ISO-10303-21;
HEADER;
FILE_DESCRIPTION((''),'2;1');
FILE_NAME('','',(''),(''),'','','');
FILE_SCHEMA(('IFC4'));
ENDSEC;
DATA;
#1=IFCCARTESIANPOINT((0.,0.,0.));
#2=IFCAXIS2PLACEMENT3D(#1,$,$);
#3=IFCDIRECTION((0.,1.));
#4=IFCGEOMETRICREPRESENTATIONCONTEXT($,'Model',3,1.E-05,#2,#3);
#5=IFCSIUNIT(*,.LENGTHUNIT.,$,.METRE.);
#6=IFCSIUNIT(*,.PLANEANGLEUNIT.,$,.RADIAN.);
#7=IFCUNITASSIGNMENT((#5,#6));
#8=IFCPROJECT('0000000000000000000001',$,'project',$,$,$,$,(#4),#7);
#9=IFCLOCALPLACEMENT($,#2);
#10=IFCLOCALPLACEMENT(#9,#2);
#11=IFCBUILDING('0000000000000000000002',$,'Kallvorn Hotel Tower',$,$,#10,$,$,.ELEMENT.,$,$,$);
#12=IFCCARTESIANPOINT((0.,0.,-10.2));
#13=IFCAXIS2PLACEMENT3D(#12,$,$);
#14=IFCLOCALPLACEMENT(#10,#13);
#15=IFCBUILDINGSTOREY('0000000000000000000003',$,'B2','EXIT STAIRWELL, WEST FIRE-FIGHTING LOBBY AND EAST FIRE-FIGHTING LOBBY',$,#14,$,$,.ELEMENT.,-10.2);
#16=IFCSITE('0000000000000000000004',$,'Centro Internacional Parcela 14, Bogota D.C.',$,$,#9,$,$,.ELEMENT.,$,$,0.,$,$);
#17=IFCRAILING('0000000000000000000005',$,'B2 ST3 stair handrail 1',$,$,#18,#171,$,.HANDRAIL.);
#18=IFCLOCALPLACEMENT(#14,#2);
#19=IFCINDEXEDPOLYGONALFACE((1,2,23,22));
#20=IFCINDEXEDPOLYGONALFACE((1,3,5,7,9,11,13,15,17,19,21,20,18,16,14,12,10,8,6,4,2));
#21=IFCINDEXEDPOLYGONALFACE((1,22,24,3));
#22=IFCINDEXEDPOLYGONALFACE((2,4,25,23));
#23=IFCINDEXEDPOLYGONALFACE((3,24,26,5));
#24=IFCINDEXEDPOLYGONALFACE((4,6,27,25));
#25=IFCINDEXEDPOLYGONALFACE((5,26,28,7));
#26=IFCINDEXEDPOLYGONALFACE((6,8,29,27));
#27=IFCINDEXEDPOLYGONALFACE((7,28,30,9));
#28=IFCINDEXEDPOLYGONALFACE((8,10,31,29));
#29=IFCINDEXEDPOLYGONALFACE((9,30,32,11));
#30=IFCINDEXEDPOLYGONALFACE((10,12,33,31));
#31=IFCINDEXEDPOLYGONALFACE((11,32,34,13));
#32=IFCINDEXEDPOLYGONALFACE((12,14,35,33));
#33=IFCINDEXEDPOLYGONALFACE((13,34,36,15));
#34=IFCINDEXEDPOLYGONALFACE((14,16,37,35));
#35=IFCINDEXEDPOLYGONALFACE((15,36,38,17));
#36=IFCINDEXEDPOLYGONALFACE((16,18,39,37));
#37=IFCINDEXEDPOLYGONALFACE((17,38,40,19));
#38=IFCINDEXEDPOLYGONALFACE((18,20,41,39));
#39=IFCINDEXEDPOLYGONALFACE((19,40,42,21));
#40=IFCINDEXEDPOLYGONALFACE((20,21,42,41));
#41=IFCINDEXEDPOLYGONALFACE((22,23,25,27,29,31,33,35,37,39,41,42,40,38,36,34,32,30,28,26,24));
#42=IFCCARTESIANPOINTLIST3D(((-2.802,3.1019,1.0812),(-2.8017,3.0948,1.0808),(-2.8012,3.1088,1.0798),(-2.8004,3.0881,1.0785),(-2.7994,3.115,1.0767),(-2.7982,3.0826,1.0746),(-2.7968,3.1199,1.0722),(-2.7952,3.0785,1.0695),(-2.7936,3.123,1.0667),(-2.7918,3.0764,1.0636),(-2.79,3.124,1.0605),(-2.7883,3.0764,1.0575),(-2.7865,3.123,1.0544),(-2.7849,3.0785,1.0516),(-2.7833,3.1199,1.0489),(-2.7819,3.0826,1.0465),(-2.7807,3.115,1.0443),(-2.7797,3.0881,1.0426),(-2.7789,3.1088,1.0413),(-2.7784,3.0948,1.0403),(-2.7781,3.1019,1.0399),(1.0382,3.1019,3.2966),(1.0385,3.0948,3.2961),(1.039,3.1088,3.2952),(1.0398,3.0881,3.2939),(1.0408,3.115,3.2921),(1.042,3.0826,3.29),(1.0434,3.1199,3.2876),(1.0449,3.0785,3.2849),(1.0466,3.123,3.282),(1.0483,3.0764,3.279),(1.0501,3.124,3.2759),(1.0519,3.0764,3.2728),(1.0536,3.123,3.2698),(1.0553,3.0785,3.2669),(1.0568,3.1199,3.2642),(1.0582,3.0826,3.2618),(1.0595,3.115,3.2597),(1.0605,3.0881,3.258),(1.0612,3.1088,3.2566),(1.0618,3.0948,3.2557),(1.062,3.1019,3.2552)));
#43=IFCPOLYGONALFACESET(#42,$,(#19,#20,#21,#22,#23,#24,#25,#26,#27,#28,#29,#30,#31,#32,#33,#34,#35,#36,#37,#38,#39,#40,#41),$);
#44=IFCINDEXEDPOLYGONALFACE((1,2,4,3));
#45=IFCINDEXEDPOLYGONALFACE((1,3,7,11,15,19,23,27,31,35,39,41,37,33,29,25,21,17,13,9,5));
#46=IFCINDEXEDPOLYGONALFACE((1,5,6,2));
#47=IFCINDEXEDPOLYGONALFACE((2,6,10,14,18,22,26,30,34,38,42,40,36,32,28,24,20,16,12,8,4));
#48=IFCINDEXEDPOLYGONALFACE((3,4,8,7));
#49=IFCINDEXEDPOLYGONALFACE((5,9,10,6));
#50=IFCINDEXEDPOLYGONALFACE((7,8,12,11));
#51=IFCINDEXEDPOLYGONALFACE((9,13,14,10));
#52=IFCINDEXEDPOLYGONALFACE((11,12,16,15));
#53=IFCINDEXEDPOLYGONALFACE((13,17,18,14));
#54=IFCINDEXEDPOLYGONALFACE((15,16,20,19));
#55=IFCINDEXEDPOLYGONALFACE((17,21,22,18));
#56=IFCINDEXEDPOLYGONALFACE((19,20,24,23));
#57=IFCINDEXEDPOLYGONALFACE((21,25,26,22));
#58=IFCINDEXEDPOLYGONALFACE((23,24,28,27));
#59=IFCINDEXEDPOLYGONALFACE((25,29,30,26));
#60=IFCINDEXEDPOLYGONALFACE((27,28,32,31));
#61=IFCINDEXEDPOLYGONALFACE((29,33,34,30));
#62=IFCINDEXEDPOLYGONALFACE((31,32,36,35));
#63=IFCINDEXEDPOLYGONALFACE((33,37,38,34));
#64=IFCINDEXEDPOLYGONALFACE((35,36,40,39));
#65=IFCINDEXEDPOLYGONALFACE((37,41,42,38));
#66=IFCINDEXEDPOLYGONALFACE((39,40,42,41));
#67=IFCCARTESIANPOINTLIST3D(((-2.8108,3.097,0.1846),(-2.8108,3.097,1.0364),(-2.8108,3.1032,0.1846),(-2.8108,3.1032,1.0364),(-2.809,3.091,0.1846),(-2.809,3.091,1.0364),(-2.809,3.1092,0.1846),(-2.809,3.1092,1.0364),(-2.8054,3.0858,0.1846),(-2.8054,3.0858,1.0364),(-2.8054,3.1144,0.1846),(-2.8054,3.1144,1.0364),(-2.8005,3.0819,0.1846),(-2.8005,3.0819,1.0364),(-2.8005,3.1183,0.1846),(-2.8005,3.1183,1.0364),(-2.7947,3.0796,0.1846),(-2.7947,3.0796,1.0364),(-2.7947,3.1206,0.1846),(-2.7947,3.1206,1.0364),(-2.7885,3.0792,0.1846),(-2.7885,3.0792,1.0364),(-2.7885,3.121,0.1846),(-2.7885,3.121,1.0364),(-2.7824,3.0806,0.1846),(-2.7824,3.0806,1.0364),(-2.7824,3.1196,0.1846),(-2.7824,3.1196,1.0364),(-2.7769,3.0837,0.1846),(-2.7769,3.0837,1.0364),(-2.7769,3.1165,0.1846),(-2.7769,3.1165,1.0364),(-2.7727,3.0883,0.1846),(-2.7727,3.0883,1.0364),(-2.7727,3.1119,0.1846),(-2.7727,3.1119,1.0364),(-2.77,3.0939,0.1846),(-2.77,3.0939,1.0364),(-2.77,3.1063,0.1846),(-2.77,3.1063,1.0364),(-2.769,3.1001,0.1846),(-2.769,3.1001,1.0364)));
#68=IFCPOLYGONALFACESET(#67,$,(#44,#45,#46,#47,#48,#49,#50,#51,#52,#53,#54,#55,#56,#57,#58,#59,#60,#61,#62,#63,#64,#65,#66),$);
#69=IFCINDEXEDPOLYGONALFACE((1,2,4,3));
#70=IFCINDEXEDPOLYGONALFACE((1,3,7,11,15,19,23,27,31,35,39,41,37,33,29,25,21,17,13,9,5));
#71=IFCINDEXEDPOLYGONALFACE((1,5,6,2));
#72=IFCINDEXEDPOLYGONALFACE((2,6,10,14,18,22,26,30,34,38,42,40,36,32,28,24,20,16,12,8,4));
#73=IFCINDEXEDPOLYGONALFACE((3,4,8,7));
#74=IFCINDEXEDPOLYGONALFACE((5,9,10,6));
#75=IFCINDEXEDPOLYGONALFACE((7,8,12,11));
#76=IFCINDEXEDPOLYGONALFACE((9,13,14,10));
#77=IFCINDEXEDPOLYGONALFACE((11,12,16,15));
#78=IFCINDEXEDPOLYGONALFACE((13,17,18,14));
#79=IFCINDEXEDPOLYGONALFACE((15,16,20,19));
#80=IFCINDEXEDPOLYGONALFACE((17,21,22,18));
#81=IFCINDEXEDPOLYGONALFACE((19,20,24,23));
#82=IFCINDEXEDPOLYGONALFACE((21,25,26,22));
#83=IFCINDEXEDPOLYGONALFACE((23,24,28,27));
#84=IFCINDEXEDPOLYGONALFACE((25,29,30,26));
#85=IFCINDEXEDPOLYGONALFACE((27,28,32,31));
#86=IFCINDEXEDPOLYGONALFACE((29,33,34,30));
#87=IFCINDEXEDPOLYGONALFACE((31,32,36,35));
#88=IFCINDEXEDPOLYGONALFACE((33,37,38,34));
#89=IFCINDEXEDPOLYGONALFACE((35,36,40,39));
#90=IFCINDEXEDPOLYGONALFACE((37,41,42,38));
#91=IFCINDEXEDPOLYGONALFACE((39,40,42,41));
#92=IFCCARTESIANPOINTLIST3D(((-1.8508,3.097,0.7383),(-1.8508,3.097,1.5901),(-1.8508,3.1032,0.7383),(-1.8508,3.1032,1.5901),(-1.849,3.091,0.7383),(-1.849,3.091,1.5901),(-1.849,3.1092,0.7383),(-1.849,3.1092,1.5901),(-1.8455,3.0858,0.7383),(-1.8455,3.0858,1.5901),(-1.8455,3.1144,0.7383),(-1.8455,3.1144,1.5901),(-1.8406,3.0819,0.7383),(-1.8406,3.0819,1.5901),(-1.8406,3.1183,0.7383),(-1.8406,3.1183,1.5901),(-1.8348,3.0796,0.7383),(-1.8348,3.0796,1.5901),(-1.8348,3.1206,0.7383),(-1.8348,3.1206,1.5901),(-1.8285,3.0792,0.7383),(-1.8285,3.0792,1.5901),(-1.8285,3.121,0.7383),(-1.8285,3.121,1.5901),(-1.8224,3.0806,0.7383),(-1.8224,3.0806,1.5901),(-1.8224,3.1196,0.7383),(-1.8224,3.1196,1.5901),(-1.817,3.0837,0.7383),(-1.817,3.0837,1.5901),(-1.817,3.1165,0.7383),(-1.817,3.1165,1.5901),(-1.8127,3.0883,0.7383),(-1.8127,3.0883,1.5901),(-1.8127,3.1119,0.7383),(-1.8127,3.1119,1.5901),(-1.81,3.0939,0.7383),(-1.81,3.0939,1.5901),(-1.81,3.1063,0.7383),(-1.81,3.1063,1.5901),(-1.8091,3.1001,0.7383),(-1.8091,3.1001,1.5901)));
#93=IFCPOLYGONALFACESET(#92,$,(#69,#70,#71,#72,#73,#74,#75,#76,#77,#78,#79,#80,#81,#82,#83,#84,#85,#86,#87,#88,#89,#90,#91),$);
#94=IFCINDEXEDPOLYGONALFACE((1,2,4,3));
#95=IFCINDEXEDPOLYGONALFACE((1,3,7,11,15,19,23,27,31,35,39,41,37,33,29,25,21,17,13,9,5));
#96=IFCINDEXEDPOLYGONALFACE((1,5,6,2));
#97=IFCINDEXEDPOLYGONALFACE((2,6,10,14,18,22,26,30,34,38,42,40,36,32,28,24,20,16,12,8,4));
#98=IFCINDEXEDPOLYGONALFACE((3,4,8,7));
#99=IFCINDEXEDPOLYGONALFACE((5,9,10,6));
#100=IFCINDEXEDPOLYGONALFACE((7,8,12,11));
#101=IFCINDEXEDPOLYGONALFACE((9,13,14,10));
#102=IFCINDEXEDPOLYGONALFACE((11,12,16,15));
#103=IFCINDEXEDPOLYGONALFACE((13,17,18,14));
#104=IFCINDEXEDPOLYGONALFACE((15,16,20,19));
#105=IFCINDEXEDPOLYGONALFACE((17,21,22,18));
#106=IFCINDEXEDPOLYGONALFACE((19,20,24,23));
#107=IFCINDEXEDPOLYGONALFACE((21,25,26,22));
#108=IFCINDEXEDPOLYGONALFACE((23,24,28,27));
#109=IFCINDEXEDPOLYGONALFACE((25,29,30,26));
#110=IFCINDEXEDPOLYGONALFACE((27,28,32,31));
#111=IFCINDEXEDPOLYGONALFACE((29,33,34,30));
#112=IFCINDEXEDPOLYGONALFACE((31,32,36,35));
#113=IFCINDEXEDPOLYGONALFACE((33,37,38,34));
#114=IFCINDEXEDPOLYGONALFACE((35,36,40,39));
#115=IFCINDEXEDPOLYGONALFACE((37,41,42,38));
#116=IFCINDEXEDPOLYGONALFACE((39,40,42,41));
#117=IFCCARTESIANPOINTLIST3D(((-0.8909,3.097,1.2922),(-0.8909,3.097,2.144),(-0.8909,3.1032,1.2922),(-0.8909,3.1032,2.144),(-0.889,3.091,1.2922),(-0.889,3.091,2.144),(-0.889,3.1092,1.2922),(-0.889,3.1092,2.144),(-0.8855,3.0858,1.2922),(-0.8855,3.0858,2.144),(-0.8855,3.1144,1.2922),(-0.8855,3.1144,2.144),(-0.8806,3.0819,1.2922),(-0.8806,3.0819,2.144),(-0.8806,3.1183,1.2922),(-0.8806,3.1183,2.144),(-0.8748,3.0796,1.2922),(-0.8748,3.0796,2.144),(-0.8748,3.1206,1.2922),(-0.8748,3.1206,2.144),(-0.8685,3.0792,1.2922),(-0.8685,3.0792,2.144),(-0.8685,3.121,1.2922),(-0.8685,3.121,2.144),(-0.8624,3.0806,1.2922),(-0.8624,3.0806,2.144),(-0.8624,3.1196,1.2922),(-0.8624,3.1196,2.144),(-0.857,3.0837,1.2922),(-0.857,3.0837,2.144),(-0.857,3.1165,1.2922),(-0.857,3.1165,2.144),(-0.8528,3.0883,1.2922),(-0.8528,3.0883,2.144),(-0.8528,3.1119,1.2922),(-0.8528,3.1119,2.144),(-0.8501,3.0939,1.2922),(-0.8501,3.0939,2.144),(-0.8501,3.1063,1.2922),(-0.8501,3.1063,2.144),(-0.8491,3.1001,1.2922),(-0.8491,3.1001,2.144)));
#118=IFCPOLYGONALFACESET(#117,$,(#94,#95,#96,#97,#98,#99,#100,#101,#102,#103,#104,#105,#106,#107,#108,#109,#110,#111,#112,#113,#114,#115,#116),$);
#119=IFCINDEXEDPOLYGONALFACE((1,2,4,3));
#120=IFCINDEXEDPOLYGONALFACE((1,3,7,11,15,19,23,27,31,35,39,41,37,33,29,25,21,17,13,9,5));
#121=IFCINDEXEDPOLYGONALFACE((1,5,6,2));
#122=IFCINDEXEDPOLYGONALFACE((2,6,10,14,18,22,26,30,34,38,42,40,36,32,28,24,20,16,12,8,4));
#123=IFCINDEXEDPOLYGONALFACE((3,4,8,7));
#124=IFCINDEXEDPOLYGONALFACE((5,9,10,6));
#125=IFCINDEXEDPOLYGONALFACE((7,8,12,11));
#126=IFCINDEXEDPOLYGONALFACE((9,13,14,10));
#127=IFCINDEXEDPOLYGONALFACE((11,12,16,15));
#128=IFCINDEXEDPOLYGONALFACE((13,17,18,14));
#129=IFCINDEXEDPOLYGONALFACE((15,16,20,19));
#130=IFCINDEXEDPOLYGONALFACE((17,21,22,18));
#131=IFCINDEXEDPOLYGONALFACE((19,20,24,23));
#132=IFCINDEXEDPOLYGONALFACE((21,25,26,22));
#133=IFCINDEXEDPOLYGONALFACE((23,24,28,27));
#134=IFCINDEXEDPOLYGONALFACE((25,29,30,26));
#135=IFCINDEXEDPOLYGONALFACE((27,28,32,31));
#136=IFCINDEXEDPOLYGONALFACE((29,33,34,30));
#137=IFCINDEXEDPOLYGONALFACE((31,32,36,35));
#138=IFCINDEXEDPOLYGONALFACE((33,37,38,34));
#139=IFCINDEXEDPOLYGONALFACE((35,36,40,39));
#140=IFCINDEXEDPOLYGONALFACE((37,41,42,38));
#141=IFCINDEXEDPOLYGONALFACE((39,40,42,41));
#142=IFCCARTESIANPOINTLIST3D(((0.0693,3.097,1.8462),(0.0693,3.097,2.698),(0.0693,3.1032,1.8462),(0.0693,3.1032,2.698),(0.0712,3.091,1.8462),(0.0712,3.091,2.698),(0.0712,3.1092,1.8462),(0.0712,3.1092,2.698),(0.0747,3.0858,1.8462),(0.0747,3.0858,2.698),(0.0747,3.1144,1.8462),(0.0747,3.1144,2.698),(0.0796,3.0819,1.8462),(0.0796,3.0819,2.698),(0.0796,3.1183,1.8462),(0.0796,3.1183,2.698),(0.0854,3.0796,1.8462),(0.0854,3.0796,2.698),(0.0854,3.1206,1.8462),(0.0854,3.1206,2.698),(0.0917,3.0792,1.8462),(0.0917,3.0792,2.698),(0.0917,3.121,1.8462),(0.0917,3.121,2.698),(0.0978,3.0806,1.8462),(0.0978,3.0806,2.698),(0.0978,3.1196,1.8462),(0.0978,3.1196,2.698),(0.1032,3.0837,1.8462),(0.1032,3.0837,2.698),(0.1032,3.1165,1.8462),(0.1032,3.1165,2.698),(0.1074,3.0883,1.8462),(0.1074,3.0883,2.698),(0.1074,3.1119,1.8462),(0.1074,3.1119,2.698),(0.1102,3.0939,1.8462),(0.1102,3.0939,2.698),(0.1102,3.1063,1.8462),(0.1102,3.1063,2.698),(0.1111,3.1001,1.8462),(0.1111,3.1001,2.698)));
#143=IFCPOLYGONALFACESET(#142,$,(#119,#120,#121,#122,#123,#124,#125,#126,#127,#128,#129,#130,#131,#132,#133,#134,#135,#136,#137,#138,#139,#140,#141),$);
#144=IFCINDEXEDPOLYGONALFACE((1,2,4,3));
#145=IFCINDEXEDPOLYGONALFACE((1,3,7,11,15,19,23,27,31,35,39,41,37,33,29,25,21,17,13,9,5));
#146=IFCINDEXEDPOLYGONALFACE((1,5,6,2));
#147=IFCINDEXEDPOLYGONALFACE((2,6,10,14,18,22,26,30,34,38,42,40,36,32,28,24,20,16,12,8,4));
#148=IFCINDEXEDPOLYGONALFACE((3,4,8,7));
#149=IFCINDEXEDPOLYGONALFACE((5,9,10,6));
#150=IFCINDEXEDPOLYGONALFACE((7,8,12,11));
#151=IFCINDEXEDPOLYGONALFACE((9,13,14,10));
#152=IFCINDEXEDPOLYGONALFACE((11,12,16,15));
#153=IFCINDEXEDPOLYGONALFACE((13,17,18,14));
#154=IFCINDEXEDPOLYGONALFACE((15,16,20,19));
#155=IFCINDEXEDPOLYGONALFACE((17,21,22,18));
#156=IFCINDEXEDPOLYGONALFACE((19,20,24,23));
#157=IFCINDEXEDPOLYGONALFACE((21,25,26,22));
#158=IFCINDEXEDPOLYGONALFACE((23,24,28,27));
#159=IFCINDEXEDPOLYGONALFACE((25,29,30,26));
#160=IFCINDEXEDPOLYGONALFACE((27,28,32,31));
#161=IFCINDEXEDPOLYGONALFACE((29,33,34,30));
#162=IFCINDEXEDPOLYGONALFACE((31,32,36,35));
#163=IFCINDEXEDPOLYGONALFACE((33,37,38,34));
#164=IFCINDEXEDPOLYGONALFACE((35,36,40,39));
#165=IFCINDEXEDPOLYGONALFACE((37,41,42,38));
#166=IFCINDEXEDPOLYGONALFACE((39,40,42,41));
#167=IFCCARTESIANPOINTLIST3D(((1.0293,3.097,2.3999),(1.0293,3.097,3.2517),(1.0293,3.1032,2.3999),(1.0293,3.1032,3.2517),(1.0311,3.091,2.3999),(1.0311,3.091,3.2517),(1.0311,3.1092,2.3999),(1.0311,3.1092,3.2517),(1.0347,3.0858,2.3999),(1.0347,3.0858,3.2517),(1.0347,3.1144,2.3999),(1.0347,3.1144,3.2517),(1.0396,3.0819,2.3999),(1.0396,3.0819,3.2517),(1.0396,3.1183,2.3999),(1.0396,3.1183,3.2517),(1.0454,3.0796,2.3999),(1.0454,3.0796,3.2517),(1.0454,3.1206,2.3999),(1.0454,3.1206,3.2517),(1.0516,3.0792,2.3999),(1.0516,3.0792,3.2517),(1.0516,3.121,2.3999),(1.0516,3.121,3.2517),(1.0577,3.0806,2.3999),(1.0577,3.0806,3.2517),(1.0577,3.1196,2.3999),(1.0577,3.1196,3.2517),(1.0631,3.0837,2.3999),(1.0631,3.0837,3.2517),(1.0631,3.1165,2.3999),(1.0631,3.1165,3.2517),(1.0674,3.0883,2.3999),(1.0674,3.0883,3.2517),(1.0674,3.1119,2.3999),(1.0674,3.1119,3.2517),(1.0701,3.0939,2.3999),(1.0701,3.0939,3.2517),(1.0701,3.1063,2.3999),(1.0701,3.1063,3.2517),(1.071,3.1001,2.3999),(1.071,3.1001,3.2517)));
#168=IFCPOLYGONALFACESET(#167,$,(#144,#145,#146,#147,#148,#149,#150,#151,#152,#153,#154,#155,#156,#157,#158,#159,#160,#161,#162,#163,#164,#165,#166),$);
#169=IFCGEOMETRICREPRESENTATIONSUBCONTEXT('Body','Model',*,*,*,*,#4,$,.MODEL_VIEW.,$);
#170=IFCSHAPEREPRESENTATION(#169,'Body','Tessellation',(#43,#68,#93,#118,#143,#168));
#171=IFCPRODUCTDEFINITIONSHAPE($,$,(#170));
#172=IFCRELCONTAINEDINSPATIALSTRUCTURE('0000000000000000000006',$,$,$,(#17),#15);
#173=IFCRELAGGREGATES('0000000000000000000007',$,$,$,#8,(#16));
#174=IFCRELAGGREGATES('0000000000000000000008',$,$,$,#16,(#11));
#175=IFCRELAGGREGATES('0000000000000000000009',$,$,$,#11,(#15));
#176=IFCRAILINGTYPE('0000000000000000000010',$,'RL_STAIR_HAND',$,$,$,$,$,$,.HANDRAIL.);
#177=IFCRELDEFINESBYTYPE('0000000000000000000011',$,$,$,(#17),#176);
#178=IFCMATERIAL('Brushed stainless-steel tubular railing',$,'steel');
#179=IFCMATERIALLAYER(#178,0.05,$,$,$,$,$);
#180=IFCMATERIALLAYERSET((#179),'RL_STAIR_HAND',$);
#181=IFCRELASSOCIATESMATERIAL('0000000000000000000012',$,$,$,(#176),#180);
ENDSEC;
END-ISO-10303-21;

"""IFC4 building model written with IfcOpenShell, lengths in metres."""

from ifc_helpers import new_model, si_unit, direction, frame, origin, origin_2d, place, context, subcontext, project, spatial, circle, extrude, material, layer, layer_set, type_object, element, save


model = new_model("IFC4")

# Units and contexts
model_context = context("Model", 3, precision=1e-05, world=origin(), true_north=direction((0.0, 1.0)))
body_context = subcontext(model_context, "Body", "Model", "MODEL_VIEW")
ifc_project = project(units=[si_unit("LENGTHUNIT", "METRE"), si_unit("PLANEANGLEUNIT", "RADIAN")], contexts=[model_context])

# Site, building, storey
site_placement = place(None, origin())
site = spatial("IfcSite", under=ifc_project, at=site_placement, Name="Centro Internacional Parcela 14, Bogota D.C.", CompositionType="ELEMENT", RefElevation=0.0)
building_placement = place(site_placement, origin())
building = spatial("IfcBuilding", under=site, at=building_placement, Name="Kallvorn Hotel Tower", CompositionType="ELEMENT")
storey_placement = place(building_placement, frame((0.0, 0.0, -10.2)))
storey = spatial("IfcBuildingStorey", under=building, at=storey_placement, Name="B2", Description="EXIT STAIRWELL, WEST FIRE-FIGHTING LOBBY AND EAST FIRE-FIGHTING LOBBY", CompositionType="ELEMENT", Elevation=-10.2)

# Railing
ifc_material_1 = material(Name="Brushed stainless-steel tubular railing", Category="steel")
ifc_layer_1 = layer(ifc_material_1, 0.05)
ifc_layer_set_1 = layer_set([ifc_layer_1], Name="RL_STAIR_HAND")
railing_type_1 = type_object("IfcRailingType", Name="RL_STAIR_HAND", PredefinedType="HANDRAIL", material=ifc_layer_set_1)
railing_1_placement = place(storey_placement, frame((-2.79, 3.1001, 0.1846)))
element("IfcRailing", 1, at=railing_1_placement, inside=storey, type_object=railing_type_1, Name="B2 ST3 stair handrail 1", PredefinedType="HANDRAIL", context=body_context, shape_type="SweptSolid", body=[
    extrude(circle(Radius=0.0239, at=origin_2d()), frame((0.0, 0.0, 0.876), z_axis=(0.866196, 0.0, 0.499705), x_axis=(0.0, 1.0, 0.0)), (0.0, 0.0, 1.0), 4.4333),
    extrude(circle(Radius=0.021, at=origin_2d()), origin(), (0.0, 0.0, 1.0), 0.8518),
    extrude(circle(Radius=0.021, at=origin_2d()), frame((0.96, 0.0, 0.5537)), (0.0, 0.0, 1.0), 0.8518),
    extrude(circle(Radius=0.021, at=origin_2d()), frame((1.9199, 0.0, 1.1077)), (0.0, 0.0, 1.0), 0.8518),
    extrude(circle(Radius=0.021, at=origin_2d()), frame((2.8801, 0.0, 1.6616)), (0.0, 0.0, 1.0), 0.8518),
    extrude(circle(Radius=0.021, at=origin_2d()), frame((3.8401, 0.0, 2.2153)), (0.0, 0.0, 1.0), 0.8518),
])

save(model, "model.ifc")
